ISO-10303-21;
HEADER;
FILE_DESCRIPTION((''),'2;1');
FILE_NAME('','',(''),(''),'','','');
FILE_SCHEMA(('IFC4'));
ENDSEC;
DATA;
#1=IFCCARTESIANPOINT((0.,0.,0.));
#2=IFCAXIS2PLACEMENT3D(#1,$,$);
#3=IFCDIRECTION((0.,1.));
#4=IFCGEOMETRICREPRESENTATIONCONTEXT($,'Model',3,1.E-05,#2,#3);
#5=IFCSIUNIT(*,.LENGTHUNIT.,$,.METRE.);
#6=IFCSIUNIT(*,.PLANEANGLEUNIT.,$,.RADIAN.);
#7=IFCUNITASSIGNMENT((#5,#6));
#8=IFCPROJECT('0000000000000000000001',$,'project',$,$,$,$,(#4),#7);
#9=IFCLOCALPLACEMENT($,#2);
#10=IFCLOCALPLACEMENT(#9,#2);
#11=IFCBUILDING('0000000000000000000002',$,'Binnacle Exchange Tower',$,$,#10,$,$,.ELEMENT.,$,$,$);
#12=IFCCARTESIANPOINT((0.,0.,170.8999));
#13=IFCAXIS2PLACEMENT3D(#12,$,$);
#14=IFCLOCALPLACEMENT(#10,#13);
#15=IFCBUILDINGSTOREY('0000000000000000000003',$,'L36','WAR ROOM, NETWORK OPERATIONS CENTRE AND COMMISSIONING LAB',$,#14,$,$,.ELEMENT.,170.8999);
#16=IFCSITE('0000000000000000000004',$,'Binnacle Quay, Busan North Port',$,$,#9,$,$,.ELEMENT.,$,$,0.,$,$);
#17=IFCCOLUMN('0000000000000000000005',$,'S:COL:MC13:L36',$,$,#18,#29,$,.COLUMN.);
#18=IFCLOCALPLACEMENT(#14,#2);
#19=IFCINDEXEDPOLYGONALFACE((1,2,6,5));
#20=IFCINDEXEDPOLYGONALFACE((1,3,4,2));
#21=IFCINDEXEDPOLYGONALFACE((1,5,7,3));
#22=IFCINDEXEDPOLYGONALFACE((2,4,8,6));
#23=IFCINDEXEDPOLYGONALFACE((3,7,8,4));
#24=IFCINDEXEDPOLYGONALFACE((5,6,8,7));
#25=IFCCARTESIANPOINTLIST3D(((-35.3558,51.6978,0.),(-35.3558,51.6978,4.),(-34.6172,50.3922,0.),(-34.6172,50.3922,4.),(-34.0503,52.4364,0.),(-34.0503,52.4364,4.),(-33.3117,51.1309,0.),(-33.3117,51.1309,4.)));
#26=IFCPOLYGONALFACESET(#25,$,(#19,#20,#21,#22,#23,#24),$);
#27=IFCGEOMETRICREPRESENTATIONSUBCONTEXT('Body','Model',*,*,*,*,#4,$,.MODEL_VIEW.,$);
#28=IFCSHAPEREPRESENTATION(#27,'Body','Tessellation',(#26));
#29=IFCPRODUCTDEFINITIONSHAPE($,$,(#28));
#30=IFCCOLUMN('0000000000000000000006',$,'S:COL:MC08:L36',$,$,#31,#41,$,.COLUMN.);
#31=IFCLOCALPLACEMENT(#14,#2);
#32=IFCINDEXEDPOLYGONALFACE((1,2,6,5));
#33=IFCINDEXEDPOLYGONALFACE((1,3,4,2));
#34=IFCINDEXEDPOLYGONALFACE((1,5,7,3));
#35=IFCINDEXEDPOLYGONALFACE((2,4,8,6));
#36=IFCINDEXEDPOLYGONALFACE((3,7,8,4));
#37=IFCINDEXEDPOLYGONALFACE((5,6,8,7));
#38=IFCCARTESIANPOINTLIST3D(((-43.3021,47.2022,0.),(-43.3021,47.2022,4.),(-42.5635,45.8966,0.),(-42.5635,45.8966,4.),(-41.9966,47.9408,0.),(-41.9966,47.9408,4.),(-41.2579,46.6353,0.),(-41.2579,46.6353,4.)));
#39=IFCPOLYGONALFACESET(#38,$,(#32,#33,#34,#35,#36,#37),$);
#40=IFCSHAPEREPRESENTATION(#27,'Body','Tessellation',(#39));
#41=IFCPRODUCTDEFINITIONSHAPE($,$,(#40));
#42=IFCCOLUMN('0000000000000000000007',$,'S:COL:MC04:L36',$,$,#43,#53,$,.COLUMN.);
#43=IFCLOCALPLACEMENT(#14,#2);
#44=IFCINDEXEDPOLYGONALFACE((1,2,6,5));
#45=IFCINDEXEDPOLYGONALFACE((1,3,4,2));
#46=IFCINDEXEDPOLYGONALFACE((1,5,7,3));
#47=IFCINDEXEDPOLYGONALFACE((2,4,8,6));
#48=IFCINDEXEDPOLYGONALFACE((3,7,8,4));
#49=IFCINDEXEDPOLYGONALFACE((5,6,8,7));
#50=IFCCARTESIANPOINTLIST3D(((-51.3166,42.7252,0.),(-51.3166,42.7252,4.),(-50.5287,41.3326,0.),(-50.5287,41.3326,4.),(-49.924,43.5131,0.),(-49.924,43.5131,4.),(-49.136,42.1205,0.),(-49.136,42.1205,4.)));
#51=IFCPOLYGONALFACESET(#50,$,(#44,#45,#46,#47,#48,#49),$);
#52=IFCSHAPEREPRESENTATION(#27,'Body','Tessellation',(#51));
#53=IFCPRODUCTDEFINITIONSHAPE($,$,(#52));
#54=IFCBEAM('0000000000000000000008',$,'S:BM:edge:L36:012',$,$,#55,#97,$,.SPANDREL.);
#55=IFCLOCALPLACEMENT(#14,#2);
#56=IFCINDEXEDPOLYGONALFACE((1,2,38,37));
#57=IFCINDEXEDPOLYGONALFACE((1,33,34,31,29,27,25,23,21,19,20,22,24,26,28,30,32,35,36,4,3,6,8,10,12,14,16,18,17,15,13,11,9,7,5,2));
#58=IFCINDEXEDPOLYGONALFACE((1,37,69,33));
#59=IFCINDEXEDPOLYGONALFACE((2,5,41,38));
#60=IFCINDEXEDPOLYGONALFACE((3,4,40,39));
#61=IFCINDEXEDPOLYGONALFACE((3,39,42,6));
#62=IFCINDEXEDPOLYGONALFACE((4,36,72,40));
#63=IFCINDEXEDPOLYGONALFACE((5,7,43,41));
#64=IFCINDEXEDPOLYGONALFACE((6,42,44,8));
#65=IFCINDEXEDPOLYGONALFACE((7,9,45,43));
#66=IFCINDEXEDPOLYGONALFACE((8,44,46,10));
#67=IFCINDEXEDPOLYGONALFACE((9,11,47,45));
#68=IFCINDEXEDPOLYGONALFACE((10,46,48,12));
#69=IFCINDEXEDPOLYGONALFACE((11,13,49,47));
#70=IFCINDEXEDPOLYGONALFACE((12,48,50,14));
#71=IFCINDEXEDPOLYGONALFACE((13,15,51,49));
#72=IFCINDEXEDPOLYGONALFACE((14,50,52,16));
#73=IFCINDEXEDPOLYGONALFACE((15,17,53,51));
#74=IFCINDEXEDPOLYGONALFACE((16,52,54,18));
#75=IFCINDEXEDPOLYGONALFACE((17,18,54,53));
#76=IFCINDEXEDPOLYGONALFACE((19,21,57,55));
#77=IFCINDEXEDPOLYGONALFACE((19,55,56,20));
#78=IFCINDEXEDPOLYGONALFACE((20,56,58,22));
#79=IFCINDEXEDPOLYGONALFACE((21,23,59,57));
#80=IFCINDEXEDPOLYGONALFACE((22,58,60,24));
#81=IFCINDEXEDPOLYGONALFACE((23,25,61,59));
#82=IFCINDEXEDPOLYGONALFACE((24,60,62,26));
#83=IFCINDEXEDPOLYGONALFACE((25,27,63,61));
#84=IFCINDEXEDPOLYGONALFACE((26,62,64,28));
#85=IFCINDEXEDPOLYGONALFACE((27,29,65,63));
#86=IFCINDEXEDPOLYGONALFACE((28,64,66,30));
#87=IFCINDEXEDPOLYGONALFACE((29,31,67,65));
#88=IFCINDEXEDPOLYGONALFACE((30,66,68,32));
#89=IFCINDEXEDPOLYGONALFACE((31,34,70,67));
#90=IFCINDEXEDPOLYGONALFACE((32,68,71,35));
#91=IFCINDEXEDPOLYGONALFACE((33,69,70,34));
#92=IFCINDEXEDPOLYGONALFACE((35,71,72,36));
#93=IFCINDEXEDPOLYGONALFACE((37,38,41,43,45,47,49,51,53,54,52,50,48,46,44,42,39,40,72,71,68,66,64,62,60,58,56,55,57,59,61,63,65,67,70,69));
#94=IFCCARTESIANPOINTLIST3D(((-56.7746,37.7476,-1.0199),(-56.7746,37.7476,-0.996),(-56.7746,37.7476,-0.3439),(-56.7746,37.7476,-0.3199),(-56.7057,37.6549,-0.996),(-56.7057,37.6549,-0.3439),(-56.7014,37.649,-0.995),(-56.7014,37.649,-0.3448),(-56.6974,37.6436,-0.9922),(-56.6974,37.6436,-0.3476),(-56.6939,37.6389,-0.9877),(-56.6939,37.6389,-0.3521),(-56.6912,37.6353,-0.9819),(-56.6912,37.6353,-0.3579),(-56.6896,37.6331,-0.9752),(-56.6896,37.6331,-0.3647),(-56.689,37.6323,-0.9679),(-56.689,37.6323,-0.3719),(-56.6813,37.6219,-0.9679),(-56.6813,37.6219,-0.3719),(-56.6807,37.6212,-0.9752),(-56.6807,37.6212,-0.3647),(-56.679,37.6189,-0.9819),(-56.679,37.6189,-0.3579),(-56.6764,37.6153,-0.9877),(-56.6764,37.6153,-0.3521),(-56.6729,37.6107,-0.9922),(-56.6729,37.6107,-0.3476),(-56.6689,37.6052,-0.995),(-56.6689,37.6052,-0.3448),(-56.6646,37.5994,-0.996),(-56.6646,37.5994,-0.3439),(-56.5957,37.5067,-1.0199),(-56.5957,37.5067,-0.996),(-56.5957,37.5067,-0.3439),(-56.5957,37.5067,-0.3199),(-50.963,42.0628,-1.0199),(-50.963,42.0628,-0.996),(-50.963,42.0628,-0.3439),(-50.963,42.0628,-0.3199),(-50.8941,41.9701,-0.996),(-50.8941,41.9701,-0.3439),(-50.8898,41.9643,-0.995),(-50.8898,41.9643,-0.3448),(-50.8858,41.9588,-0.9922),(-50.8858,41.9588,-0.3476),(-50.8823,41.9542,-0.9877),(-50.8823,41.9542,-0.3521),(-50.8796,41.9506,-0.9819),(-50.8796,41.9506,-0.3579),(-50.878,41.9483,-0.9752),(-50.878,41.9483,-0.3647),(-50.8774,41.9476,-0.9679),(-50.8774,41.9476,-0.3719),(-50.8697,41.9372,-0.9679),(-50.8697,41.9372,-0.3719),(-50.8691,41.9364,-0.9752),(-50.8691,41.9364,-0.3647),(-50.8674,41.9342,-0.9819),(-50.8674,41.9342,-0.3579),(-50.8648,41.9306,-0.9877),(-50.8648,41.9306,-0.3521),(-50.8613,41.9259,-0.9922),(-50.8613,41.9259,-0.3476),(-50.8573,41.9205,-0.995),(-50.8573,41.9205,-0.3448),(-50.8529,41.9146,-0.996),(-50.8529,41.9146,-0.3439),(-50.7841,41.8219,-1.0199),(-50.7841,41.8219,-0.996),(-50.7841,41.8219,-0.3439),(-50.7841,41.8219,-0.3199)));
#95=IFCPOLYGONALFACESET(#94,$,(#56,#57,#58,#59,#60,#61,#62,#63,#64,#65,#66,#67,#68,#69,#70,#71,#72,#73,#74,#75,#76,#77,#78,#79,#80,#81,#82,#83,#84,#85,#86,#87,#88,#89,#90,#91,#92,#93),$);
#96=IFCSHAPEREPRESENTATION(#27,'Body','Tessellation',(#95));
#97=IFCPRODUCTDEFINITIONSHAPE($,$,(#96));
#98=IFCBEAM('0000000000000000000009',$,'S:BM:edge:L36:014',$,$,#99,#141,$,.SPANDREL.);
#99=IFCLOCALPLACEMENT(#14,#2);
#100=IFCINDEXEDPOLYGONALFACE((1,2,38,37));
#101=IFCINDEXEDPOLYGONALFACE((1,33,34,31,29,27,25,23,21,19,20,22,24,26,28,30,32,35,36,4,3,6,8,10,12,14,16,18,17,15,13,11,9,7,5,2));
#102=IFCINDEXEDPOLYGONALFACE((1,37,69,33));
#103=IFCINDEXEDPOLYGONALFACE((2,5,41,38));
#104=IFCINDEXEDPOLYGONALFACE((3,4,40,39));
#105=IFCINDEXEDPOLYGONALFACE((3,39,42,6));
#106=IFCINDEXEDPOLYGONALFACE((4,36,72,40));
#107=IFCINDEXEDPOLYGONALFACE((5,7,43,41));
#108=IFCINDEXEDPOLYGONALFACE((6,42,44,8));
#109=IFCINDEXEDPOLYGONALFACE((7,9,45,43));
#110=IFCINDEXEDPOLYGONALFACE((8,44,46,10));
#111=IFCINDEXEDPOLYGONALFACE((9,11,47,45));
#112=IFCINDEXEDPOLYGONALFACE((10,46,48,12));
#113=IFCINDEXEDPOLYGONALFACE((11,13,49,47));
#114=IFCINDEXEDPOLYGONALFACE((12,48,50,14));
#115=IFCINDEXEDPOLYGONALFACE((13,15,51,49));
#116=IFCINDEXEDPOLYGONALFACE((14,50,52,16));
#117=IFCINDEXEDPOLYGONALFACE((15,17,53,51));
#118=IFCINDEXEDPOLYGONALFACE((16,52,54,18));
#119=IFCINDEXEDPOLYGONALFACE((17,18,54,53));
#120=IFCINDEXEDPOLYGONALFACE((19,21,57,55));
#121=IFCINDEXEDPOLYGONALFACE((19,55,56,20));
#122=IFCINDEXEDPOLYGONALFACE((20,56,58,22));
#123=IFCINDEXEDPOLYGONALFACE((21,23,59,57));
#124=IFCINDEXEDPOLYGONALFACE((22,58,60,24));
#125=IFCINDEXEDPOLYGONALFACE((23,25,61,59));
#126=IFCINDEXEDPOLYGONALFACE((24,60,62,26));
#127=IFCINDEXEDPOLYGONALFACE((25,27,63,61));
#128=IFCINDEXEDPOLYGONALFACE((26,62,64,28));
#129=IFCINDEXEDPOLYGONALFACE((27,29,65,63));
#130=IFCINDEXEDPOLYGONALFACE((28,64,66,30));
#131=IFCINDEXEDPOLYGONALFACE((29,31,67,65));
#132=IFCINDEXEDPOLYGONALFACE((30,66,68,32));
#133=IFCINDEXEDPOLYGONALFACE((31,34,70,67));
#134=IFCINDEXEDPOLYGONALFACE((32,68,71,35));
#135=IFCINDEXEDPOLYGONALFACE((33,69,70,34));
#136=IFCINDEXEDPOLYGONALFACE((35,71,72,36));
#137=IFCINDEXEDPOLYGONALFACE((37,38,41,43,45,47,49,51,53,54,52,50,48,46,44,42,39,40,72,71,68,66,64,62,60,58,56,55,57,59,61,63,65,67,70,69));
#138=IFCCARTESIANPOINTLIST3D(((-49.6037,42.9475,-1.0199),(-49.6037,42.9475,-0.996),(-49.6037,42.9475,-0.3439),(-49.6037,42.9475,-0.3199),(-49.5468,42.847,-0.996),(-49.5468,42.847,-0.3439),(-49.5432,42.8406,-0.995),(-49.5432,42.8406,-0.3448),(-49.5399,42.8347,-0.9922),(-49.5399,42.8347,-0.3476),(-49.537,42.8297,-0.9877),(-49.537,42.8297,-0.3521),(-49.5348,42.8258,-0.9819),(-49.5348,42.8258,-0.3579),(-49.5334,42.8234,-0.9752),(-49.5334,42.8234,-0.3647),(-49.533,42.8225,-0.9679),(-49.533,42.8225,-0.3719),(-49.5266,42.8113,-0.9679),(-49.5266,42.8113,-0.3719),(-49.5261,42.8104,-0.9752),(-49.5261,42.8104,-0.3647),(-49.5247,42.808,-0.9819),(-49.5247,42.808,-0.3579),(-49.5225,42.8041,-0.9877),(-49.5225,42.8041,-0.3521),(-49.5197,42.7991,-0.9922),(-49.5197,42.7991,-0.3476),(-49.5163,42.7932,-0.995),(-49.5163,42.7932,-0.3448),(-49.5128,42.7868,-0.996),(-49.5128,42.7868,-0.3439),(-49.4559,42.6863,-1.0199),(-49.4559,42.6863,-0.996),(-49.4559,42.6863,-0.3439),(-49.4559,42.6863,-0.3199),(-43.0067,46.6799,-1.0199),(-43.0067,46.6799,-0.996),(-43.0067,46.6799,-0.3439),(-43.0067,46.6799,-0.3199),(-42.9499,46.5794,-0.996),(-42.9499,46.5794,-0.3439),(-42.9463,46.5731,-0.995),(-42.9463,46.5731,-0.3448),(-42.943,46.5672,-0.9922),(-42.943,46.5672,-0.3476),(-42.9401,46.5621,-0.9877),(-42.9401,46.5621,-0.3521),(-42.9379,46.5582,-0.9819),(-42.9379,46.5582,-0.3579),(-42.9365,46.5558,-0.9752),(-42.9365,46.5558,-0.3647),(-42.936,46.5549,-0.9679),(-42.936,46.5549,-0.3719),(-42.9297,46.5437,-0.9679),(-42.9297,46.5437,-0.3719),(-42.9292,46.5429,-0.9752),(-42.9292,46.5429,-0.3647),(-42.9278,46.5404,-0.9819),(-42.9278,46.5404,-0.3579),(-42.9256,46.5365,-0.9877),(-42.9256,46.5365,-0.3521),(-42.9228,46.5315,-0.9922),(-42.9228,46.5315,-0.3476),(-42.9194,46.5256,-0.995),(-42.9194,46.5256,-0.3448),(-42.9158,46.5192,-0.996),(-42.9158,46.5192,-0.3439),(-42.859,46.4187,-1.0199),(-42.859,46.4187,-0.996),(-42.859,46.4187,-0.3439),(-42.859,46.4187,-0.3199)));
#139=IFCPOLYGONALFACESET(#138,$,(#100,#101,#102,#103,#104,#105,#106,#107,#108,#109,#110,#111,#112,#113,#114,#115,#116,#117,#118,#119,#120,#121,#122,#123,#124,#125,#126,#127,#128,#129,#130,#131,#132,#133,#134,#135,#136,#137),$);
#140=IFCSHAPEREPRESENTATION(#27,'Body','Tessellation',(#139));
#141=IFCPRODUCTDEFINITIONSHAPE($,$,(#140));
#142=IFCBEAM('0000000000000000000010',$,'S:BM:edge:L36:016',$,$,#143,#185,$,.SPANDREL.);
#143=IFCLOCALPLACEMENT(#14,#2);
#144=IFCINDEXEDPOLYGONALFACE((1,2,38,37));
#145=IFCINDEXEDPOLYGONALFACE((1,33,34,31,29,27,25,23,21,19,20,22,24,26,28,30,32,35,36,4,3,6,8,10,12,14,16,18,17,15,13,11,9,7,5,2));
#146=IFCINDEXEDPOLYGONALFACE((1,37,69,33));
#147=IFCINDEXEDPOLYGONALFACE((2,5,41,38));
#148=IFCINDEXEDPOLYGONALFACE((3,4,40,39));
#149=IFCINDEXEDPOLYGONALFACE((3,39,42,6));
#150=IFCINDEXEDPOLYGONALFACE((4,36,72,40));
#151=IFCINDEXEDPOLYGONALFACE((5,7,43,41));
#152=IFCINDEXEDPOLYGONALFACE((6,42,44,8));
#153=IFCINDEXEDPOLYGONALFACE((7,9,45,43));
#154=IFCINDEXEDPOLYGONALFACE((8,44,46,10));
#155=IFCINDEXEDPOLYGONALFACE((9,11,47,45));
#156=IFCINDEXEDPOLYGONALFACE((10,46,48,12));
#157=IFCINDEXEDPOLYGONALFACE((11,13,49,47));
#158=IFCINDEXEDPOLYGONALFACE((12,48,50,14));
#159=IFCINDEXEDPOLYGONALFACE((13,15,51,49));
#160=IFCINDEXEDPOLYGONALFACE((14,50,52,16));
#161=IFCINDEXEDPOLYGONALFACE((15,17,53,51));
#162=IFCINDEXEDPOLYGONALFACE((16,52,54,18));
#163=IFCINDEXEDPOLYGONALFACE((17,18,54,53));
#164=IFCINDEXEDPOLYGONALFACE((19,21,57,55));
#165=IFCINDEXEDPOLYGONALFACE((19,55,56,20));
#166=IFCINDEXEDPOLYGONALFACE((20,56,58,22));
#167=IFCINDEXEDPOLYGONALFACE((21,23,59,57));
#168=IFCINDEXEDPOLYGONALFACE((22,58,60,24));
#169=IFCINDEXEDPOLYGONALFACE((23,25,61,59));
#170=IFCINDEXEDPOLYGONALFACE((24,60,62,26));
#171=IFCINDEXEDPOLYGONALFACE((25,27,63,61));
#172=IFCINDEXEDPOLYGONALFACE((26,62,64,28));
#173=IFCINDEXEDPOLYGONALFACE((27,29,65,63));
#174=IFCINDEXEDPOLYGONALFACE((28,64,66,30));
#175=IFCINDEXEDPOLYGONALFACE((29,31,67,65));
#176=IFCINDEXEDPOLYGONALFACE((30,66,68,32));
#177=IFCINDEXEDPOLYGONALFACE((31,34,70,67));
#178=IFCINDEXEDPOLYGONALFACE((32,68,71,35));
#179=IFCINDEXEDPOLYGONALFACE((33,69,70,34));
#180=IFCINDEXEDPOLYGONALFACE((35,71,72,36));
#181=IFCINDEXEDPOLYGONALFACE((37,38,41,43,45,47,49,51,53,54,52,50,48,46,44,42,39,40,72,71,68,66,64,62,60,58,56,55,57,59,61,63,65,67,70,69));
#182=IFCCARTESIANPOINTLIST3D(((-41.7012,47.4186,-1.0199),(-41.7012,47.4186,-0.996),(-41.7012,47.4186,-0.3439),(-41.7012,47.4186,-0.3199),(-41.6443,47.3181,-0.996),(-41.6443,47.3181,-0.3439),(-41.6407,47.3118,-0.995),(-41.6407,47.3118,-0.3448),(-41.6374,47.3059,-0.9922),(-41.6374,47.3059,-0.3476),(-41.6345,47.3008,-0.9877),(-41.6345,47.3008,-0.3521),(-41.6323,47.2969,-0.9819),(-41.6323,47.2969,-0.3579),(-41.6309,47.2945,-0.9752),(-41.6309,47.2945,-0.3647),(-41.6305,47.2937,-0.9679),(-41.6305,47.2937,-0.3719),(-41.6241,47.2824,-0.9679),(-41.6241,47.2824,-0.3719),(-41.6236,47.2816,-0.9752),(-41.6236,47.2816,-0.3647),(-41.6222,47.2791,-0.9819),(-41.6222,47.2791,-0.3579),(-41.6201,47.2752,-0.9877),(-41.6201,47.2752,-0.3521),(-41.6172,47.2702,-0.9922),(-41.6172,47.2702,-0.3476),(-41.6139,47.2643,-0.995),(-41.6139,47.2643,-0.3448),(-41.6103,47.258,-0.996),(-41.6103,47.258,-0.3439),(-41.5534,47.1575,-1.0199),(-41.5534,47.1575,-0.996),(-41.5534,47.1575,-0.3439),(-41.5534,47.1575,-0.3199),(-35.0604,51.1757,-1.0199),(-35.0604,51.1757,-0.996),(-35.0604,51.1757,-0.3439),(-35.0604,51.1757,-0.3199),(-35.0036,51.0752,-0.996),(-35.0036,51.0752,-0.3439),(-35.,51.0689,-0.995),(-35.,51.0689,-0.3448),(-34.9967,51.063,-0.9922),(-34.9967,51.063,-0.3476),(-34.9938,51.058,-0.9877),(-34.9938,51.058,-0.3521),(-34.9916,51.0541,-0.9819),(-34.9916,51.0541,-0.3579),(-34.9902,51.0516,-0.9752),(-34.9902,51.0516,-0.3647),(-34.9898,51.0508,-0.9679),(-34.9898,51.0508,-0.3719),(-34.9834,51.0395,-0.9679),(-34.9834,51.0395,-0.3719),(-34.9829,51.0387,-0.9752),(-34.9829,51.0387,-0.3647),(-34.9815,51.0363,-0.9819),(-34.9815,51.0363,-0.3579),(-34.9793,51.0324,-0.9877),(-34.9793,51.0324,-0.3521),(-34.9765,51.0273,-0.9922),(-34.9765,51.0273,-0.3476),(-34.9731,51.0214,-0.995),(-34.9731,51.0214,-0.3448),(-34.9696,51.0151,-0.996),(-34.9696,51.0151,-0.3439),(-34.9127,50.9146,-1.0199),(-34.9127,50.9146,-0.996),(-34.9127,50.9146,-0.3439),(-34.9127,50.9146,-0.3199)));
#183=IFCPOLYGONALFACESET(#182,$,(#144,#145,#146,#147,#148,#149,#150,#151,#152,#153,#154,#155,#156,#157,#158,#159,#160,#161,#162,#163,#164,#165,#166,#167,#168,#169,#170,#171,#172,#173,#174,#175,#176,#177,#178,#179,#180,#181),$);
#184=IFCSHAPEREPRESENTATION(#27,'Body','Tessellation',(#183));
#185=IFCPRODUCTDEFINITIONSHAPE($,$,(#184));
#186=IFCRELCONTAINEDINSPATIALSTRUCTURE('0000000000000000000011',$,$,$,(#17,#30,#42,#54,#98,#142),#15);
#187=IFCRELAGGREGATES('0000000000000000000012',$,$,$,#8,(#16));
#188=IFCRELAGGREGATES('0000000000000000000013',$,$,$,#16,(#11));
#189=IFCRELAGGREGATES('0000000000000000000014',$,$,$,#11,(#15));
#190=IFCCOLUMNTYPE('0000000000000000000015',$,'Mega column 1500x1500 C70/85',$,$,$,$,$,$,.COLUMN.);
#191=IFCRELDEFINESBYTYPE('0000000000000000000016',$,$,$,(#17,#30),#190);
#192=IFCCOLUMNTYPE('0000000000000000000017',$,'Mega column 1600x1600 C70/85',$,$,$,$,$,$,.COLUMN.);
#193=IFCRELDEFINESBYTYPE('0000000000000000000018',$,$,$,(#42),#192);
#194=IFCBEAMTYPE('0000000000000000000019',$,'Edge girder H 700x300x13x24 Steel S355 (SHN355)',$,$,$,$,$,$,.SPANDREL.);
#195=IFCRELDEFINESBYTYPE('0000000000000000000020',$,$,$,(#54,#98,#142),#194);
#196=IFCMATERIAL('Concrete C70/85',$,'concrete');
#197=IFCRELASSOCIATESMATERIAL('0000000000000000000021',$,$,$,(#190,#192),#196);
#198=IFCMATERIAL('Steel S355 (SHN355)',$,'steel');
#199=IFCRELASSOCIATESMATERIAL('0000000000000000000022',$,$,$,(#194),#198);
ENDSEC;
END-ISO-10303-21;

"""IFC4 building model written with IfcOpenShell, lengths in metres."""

from ifc_helpers import new_model, si_unit, direction, frame, origin, origin_2d, place, context, subcontext, project, spatial, rectangle, i_section, extrude, material, material_profile, profile_set, type_object, element, save


model = new_model("IFC4")

# Units and contexts
model_context = context("Model", 3, precision=1e-05, world=origin(), true_north=direction((0.0, 1.0)))
body_context = subcontext(model_context, "Body", "Model", "MODEL_VIEW")
ifc_project = project(units=[si_unit("LENGTHUNIT", "METRE"), si_unit("PLANEANGLEUNIT", "RADIAN")], contexts=[model_context])

# Site, building, storey
site_placement = place(None, origin())
site = spatial("IfcSite", under=ifc_project, at=site_placement, Name="Binnacle Quay, Busan North Port", CompositionType="ELEMENT", RefElevation=0.0)
building_placement = place(site_placement, origin())
building = spatial("IfcBuilding", under=site, at=building_placement, Name="Binnacle Exchange Tower", CompositionType="ELEMENT")
storey_placement = place(building_placement, frame((0.0, 0.0, 170.8999)))
storey = spatial("IfcBuildingStorey", under=building, at=storey_placement, Name="L36", Description="WAR ROOM, NETWORK OPERATIONS CENTRE AND COMMISSIONING LAB", CompositionType="ELEMENT", Elevation=170.8999)

# Columns
ifc_material_1 = material(Name="Concrete C70/85", Category="concrete")
ifc_material_profile_1 = material_profile(ifc_material_1, rectangle(XDim=1.5, YDim=1.5, at=origin_2d()), Name="Mega column 1500x1500 C70/85")
ifc_profile_set_1 = profile_set([ifc_material_profile_1], Name="Concrete C70/85")
column_type_1 = type_object("IfcColumnType", Name="Mega column 1500x1500 C70/85", PredefinedType="COLUMN", material=ifc_profile_set_1)
for number, where, z_axis, x_axis, name in (
    (1, (-34.3337, 51.4143, 0.0), (0.0, 0.0, 1.0), (-0.870356, -0.492424, 0.0), "S:COL:MC13:L36"),
    (2, (-42.28, 46.9187, 0.0), (0.0, 0.0, 1.0), (-0.870356, -0.492424, 0.0), "S:COL:MC08:L36"),
):
    element("IfcColumn", number, at=place(storey_placement, frame(where, z_axis=z_axis, x_axis=x_axis)), inside=storey, type_object=column_type_1, Name=name, PredefinedType="COLUMN", context=body_context, shape_type="SweptSolid", body=[
        extrude(rectangle(XDim=1.5, YDim=1.5, at=origin_2d()), origin(), (0.0, 0.0, 1.0), 4.0),
    ])
ifc_material_profile_2 = material_profile(ifc_material_1, rectangle(XDim=1.6001, YDim=1.6001, at=origin_2d()), Name="Mega column 1600x1600 C70/85")
ifc_profile_set_2 = profile_set([ifc_material_profile_2], Name="Concrete C70/85")
column_type_2 = type_object("IfcColumnType", Name="Mega column 1600x1600 C70/85", PredefinedType="COLUMN", material=ifc_profile_set_2)
column_placement = place(storey_placement, frame((-50.2263, 42.4229, 0.0), z_axis=(0.0, 0.0, 1.0), x_axis=(-0.870356, -0.492424, 0.0)))
element("IfcColumn", 3, at=column_placement, inside=storey, type_object=column_type_2, Name="S:COL:MC04:L36", PredefinedType="COLUMN", context=body_context, shape_type="SweptSolid", body=[
    extrude(rectangle(XDim=1.6001, YDim=1.6001, at=origin_2d()), origin(), (0.0, 0.0, 1.0), 4.0),
])

# Beams
ifc_material_2 = material(Name="Steel S355 (SHN355)", Category="steel")
ifc_material_profile_3 = material_profile(ifc_material_2, i_section(OverallWidth=0.3, OverallDepth=0.7, WebThickness=0.0129, FlangeThickness=0.0239, FilletRadius=0.0281, at=origin_2d()), Name="H 700x300x13x24")
ifc_profile_set_3 = profile_set([ifc_material_profile_3], Name="Steel S355 (SHN355)")
beam_type_1 = type_object("IfcBeamType", Name="Edge girder H 700x300x13x24 Steel S355 (SHN355)", PredefinedType="SPANDREL", material=ifc_profile_set_3)
beam_1_placement = place(storey_placement, frame((-50.8735, 41.9424, -0.6699), z_axis=(-0.802873, -0.596151, 0.0), x_axis=(0.596151, -0.802873, 0.0)))
element("IfcBeam", 4, at=beam_1_placement, inside=storey, type_object=beam_type_1, Name="S:BM:edge:L36:012", PredefinedType="SPANDREL", context=body_context, shape_type="SweptSolid", body=[
    extrude(i_section(OverallWidth=0.3, OverallDepth=0.7, WebThickness=0.0129, FlangeThickness=0.0239, FilletRadius=0.0281, at=origin_2d()), origin(), (0.0, 0.0, 1.0), 7.2385),
])
beam_2_placement = place(storey_placement, frame((-42.9329, 46.5493, -0.6699), z_axis=(-0.870352, -0.49243, 0.0), x_axis=(0.49243, -0.870352, 0.0)))
element("IfcBeam", 5, at=beam_2_placement, inside=storey, type_object=beam_type_1, Name="S:BM:edge:L36:014", PredefinedType="SPANDREL", context=body_context, shape_type="SweptSolid", body=[
    extrude(i_section(OverallWidth=0.3, OverallDepth=0.7, WebThickness=0.0129, FlangeThickness=0.0239, FilletRadius=0.0281, at=origin_2d()), origin(), (0.0, 0.0, 1.0), 7.5796),
])
beam_3_placement = place(storey_placement, frame((-34.9866, 51.0452, -0.6699), z_axis=(-0.870356, -0.492423, 0.0), x_axis=(0.492423, -0.870356, 0.0)))
element("IfcBeam", 6, at=beam_3_placement, inside=storey, type_object=beam_type_1, Name="S:BM:edge:L36:016", PredefinedType="SPANDREL", context=body_context, shape_type="SweptSolid", body=[
    extrude(i_section(OverallWidth=0.3, OverallDepth=0.7, WebThickness=0.0129, FlangeThickness=0.0239, FilletRadius=0.0281, at=origin_2d()), origin(), (0.0, 0.0, 1.0), 7.6299),
])

save(model, "model.ifc")
